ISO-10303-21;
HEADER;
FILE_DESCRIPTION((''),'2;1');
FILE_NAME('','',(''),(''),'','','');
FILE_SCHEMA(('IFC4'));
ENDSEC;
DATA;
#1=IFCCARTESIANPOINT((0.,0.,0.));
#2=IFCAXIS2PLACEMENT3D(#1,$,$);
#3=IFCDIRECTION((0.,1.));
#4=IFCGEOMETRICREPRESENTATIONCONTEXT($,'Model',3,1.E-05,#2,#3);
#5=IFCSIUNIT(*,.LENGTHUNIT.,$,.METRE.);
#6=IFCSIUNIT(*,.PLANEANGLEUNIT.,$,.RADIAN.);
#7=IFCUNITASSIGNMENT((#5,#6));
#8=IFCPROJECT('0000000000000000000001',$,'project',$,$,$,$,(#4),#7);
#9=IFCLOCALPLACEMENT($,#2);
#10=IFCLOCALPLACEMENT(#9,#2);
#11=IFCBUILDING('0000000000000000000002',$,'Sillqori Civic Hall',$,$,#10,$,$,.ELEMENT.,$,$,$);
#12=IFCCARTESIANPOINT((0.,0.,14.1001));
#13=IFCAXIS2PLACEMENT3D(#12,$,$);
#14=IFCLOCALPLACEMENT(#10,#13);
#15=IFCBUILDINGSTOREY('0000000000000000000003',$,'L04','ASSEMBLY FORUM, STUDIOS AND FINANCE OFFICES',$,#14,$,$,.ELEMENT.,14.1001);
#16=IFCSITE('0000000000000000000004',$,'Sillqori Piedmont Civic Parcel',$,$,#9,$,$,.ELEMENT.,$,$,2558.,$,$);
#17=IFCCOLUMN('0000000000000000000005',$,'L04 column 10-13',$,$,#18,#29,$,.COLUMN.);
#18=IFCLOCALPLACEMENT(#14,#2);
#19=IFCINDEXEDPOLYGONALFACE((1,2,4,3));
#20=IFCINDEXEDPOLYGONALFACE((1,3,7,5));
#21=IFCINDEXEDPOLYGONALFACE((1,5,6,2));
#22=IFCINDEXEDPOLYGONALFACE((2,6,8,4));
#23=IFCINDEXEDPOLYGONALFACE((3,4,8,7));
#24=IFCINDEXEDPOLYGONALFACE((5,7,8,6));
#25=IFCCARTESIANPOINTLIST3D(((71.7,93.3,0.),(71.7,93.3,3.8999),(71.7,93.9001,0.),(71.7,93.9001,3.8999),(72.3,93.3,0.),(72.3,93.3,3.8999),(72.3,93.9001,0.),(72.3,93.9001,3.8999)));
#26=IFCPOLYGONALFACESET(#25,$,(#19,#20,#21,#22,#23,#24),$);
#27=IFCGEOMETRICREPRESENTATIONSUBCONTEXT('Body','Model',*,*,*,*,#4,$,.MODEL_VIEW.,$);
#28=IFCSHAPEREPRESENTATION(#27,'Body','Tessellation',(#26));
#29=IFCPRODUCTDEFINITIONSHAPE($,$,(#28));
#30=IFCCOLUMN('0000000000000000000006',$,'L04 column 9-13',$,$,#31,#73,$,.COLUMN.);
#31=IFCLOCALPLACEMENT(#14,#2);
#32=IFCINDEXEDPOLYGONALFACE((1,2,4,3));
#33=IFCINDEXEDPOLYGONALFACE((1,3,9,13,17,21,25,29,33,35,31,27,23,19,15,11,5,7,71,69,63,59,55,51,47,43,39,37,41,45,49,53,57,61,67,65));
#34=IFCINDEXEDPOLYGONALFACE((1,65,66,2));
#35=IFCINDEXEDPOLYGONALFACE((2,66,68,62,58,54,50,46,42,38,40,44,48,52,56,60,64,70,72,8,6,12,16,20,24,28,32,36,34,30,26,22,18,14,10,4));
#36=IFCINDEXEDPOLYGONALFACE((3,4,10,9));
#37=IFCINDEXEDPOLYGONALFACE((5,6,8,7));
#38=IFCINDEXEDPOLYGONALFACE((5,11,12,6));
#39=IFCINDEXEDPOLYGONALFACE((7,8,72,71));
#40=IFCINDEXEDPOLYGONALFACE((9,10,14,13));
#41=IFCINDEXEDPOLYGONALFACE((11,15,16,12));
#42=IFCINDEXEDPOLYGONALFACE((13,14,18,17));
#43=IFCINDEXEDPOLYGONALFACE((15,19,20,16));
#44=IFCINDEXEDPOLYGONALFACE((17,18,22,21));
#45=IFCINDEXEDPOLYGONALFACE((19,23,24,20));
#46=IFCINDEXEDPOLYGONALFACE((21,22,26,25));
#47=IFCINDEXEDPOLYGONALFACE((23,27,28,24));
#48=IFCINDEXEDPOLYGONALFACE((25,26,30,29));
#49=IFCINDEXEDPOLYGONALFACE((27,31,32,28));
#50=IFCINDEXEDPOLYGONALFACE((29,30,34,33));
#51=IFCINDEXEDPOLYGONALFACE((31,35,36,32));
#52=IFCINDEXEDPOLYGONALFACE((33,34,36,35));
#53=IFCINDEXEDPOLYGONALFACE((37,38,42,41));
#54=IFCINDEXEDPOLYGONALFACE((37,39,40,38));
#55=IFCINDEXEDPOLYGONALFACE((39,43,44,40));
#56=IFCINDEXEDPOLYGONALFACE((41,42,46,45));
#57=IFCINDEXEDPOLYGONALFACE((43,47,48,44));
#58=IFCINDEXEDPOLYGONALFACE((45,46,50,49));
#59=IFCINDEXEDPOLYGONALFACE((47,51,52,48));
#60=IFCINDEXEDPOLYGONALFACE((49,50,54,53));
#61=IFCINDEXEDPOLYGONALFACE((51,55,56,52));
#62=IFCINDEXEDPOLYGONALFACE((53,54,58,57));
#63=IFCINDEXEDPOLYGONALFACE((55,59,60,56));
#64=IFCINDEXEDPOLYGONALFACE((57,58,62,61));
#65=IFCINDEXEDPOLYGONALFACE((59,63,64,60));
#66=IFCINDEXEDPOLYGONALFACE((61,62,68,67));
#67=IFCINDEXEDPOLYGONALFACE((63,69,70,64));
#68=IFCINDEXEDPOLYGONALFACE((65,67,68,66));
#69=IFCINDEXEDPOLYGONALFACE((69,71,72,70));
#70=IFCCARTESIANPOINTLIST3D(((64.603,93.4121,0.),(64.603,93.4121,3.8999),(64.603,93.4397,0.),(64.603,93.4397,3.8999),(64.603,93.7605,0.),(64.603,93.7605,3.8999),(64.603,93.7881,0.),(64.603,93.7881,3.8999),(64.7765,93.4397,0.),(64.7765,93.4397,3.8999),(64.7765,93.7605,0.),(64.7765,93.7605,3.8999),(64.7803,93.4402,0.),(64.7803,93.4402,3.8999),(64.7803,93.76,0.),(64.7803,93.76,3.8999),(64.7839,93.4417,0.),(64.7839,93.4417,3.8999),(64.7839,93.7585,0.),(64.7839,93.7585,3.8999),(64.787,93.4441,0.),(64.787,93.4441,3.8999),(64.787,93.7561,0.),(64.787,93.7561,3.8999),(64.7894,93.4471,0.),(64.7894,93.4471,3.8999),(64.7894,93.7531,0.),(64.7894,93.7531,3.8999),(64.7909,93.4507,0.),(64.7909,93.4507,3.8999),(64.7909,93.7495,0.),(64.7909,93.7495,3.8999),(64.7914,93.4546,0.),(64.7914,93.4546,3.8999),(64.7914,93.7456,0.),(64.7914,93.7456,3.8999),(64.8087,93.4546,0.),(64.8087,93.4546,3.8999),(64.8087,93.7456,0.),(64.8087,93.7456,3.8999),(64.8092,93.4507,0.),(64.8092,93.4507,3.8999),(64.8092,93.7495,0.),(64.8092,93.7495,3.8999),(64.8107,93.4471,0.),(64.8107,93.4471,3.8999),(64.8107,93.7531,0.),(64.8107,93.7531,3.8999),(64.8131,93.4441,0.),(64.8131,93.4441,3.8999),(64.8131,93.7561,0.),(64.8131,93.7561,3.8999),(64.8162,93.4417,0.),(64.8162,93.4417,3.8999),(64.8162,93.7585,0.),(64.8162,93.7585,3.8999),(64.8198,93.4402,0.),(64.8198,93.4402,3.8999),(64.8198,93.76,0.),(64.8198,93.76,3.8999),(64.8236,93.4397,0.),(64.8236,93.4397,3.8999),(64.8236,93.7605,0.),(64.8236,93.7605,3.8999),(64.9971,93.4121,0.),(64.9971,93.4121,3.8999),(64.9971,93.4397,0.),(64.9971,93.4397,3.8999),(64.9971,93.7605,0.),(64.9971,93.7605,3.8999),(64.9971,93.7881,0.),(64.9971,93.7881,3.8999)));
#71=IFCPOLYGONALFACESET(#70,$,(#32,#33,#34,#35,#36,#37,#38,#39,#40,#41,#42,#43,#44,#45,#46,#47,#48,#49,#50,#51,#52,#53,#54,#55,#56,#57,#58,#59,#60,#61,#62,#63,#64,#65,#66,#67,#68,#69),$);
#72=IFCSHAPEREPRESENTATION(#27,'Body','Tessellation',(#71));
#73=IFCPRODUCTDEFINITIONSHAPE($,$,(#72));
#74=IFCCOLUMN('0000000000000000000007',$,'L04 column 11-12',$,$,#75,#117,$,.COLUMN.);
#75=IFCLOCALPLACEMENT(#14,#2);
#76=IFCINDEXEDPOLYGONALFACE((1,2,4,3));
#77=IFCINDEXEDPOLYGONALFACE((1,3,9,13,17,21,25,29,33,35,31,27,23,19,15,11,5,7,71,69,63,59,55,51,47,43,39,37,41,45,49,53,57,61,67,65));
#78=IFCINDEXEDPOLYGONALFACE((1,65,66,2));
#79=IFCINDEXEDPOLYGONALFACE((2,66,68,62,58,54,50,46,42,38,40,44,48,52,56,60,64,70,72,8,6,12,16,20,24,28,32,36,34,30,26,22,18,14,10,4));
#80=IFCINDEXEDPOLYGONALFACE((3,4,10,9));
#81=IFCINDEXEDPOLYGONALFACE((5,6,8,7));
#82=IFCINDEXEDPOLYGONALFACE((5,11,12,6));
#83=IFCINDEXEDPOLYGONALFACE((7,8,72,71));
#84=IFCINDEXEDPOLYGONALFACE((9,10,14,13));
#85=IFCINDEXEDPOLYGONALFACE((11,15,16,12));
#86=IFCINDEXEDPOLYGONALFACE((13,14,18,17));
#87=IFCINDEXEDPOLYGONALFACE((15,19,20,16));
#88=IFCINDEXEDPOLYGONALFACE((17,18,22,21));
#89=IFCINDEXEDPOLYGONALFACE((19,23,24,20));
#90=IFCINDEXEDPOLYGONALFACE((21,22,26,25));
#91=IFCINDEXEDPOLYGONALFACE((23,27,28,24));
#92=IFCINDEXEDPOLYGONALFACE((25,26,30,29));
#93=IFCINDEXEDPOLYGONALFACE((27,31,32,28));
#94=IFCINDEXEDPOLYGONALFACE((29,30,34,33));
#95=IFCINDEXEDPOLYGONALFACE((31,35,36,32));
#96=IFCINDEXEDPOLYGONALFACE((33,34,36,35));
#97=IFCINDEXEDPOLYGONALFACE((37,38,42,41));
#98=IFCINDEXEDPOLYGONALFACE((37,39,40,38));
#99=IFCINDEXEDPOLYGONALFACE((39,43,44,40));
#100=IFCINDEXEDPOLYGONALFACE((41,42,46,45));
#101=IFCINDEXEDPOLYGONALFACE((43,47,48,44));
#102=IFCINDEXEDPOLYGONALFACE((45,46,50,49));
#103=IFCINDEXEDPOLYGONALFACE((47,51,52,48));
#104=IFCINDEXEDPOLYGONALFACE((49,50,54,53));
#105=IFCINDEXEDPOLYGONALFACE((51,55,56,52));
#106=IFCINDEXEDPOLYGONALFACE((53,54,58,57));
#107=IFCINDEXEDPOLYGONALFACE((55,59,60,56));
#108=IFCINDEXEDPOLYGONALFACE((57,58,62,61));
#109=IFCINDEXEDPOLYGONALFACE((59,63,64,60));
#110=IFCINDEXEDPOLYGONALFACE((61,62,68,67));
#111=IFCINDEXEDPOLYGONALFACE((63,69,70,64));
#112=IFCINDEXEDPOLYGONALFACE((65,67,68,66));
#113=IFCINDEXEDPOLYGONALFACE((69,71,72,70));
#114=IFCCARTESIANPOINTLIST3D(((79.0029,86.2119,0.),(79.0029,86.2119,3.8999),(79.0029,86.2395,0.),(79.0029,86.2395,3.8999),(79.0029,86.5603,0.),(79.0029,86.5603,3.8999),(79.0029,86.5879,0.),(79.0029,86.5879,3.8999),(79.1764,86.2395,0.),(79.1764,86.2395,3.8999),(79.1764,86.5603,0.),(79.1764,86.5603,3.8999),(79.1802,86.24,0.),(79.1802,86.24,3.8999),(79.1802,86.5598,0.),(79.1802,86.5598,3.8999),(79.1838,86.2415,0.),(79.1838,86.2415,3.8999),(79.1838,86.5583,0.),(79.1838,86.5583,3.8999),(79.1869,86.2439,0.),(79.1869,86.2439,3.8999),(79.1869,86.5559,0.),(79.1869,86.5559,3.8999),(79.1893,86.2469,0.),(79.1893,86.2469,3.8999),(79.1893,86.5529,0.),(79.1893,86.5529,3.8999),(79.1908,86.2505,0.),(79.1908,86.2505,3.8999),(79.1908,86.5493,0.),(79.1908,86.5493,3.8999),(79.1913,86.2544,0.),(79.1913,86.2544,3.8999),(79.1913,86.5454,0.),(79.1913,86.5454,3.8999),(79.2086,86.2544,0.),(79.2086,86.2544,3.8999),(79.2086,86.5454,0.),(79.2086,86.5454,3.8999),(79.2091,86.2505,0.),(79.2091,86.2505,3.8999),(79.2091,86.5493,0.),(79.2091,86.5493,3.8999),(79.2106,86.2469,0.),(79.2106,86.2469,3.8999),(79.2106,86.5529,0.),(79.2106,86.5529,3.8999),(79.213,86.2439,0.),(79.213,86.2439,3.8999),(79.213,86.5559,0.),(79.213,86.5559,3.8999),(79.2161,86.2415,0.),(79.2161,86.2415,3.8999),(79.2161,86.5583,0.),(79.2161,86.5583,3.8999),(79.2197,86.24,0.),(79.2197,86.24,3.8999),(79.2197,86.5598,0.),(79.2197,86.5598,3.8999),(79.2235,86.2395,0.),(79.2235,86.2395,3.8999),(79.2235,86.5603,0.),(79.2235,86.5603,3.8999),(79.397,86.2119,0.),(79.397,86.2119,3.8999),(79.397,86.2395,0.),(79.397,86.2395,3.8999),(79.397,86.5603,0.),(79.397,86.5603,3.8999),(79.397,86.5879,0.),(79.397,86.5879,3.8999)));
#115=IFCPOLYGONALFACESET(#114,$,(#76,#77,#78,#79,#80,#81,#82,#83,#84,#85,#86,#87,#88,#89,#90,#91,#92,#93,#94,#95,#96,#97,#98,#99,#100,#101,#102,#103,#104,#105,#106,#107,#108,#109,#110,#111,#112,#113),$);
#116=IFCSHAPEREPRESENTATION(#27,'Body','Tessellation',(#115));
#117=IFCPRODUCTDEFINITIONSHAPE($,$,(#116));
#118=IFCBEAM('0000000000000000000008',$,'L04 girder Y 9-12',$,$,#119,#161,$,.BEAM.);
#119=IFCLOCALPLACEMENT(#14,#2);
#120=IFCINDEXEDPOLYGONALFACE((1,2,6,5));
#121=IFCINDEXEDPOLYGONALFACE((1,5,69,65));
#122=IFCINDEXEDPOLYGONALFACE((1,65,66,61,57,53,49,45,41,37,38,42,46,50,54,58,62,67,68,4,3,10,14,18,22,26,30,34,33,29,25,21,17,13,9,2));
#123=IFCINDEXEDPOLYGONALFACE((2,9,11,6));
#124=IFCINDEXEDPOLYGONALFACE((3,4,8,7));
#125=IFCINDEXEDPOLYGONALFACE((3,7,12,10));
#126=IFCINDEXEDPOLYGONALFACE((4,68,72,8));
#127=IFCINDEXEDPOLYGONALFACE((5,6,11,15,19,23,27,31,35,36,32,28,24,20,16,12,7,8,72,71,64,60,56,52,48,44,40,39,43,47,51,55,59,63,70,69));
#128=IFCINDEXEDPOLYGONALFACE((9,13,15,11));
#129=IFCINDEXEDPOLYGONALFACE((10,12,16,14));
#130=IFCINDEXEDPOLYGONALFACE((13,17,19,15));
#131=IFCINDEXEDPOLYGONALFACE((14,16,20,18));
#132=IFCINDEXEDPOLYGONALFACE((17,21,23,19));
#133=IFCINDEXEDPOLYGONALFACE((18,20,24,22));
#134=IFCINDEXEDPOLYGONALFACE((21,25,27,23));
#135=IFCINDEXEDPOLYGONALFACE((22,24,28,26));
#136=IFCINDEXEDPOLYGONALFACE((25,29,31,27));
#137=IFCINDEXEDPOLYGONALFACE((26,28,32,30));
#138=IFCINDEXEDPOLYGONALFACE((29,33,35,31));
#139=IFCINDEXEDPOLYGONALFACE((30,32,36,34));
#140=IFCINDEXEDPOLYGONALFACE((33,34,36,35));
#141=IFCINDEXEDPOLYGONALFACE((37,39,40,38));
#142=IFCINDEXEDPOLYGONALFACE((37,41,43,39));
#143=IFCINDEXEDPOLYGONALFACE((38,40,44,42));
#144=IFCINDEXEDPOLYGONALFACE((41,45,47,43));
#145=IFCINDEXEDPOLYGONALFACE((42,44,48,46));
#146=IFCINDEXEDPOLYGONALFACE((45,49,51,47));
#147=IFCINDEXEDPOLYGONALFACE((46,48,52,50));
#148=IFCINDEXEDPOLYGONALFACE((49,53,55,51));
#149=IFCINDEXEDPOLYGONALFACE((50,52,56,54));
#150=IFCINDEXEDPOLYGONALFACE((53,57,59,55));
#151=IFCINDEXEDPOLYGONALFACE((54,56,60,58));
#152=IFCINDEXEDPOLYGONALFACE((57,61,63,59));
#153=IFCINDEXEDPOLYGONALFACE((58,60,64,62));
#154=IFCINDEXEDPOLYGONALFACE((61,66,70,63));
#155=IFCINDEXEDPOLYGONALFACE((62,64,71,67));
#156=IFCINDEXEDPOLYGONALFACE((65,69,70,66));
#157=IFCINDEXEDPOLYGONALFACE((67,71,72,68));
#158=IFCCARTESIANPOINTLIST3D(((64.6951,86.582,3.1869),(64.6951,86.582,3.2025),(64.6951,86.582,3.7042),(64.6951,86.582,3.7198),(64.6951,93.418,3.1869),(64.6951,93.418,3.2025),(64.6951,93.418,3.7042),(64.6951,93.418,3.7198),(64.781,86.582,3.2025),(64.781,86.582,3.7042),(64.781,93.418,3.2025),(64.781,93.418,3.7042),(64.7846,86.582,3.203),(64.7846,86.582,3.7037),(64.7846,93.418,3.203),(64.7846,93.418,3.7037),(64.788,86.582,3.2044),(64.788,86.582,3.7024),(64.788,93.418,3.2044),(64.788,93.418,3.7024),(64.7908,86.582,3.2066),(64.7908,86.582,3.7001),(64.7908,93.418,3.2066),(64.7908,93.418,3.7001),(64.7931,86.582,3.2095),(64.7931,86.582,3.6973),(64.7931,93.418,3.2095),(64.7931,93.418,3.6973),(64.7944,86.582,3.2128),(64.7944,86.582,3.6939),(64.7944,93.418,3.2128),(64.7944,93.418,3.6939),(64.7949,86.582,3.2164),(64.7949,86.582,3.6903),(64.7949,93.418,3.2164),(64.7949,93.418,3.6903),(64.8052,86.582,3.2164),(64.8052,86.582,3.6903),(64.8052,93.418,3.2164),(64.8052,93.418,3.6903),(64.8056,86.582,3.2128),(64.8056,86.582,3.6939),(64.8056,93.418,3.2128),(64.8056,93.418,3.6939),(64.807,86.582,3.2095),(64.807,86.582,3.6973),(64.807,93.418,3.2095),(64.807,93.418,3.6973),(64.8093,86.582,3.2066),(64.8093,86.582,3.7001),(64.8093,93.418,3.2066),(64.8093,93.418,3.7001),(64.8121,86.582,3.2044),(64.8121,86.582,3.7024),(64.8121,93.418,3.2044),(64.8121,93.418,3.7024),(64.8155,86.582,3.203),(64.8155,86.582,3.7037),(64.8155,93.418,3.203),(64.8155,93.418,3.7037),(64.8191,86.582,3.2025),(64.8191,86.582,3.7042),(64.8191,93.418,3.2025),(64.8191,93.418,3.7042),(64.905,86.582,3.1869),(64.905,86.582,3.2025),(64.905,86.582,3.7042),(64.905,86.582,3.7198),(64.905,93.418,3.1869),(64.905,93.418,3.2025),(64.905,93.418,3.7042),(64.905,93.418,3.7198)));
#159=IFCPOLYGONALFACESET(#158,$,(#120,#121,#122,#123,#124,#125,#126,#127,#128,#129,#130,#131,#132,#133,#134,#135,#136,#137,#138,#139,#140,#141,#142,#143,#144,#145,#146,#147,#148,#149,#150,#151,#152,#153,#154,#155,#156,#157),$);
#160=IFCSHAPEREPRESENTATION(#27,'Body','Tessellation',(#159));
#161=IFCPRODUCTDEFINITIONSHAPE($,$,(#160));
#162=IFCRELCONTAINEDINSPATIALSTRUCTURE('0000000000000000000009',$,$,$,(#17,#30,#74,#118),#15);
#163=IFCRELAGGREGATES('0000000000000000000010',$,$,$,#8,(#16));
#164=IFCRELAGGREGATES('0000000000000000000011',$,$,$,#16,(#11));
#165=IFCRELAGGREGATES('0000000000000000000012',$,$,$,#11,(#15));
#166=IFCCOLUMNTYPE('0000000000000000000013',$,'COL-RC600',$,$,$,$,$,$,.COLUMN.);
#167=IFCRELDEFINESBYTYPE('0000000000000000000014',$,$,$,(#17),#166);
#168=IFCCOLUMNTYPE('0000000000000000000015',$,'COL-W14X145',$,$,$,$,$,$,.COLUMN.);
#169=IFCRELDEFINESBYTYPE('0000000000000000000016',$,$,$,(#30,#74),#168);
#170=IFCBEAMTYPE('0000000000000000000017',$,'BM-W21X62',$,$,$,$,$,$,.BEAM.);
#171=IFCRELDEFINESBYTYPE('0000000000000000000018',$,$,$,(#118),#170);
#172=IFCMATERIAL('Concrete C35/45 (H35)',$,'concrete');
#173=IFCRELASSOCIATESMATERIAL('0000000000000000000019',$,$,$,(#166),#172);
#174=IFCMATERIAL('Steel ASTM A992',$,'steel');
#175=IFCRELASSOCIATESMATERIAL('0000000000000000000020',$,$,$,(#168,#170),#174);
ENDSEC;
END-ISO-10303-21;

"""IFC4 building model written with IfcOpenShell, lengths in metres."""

from ifc_helpers import new_model, si_unit, direction, frame, origin, origin_2d, place, context, subcontext, project, spatial, rectangle, i_section, extrude, material, material_profile, profile_set, type_object, element, save


model = new_model("IFC4")

# Units and contexts
model_context = context("Model", 3, precision=1e-05, world=origin(), true_north=direction((0.0, 1.0)))
body_context = subcontext(model_context, "Body", "Model", "MODEL_VIEW")
ifc_project = project(units=[si_unit("LENGTHUNIT", "METRE"), si_unit("PLANEANGLEUNIT", "RADIAN")], contexts=[model_context])

# Site, building, storey
site_placement = place(None, origin())
site = spatial("IfcSite", under=ifc_project, at=site_placement, Name="Sillqori Piedmont Civic Parcel", CompositionType="ELEMENT", RefElevation=2558.0)
building_placement = place(site_placement, origin())
building = spatial("IfcBuilding", under=site, at=building_placement, Name="Sillqori Civic Hall", CompositionType="ELEMENT")
storey_placement = place(building_placement, frame((0.0, 0.0, 14.1001)))
storey = spatial("IfcBuildingStorey", under=building, at=storey_placement, Name="L04", Description="ASSEMBLY FORUM, STUDIOS AND FINANCE OFFICES", CompositionType="ELEMENT", Elevation=14.1001)

# Columns
ifc_material_1 = material(Name="Concrete C35/45 (H35)", Category="concrete")
ifc_material_profile_1 = material_profile(ifc_material_1, rectangle(XDim=0.6001, YDim=0.6001, at=origin_2d()), Name="RC 600x600")
ifc_profile_set_1 = profile_set([ifc_material_profile_1], Name="Concrete C35/45 (H35)")
column_type_1 = type_object("IfcColumnType", Name="COL-RC600", PredefinedType="COLUMN", material=ifc_profile_set_1)
column_placement = place(storey_placement, frame((72.0, 93.6001, 0.0), z_axis=(0.0, 0.0, 1.0), x_axis=(1.0, 0.0, 0.0)))
element("IfcColumn", 1, at=column_placement, inside=storey, type_object=column_type_1, Name="L04 column 10-13", PredefinedType="COLUMN", context=body_context, shape_type="SweptSolid", body=[
    extrude(rectangle(XDim=0.6001, YDim=0.6001, at=origin_2d()), origin(), (0.0, 0.0, 1.0), 3.8999),
])
ifc_material_2 = material(Name="Steel ASTM A992", Category="steel")
ifc_material_profile_2 = material_profile(ifc_material_2, i_section(OverallWidth=0.394, OverallDepth=0.376, WebThickness=0.0173, FlangeThickness=0.0276, FilletRadius=0.0149, at=origin_2d()), Name="W14X145")
ifc_profile_set_2 = profile_set([ifc_material_profile_2], Name="Steel ASTM A992")
column_type_2 = type_object("IfcColumnType", Name="COL-W14X145", PredefinedType="COLUMN", material=ifc_profile_set_2)
for number, where, z_axis, x_axis, name in (
    (2, (64.8, 93.6001, 0.0), (0.0, 0.0, 1.0), (1.0, 0.0, 0.0), "L04 column 9-13"),
    (3, (79.2, 86.3999, 0.0), (0.0, 0.0, 1.0), (1.0, 0.0, 0.0), "L04 column 11-12"),
):
    element("IfcColumn", number, at=place(storey_placement, frame(where, z_axis=z_axis, x_axis=x_axis)), inside=storey, type_object=column_type_2, Name=name, PredefinedType="COLUMN", context=body_context, shape_type="SweptSolid", body=[
        extrude(i_section(OverallWidth=0.394, OverallDepth=0.376, WebThickness=0.0173, FlangeThickness=0.0276, FilletRadius=0.0149, at=origin_2d()), origin(), (0.0, 0.0, 1.0), 3.8999),
    ])

# Beam
ifc_material_profile_3 = material_profile(ifc_material_2, i_section(OverallWidth=0.21, OverallDepth=0.533, WebThickness=0.0103, FlangeThickness=0.0156, FilletRadius=0.0139, at=origin_2d()), Name="W21X62")
ifc_profile_set_3 = profile_set([ifc_material_profile_3], Name="Steel ASTM A992")
beam_type_1 = type_object("IfcBeamType", Name="BM-W21X62", PredefinedType="BEAM", material=ifc_profile_set_3)
beam_1_placement = place(storey_placement, frame((64.8, 86.582, 3.4534), z_axis=(0.0, 1.0, 0.0), x_axis=(-1.0, 0.0, 0.0)))
element("IfcBeam", 4, at=beam_1_placement, inside=storey, type_object=beam_type_1, Name="L04 girder Y 9-12", PredefinedType="BEAM", context=body_context, shape_type="SweptSolid", body=[
    extrude(i_section(OverallWidth=0.21, OverallDepth=0.533, WebThickness=0.0103, FlangeThickness=0.0156, FilletRadius=0.0139, at=origin_2d()), origin(), (0.0, 0.0, 1.0), 6.8359),
])

save(model, "model.ifc")
